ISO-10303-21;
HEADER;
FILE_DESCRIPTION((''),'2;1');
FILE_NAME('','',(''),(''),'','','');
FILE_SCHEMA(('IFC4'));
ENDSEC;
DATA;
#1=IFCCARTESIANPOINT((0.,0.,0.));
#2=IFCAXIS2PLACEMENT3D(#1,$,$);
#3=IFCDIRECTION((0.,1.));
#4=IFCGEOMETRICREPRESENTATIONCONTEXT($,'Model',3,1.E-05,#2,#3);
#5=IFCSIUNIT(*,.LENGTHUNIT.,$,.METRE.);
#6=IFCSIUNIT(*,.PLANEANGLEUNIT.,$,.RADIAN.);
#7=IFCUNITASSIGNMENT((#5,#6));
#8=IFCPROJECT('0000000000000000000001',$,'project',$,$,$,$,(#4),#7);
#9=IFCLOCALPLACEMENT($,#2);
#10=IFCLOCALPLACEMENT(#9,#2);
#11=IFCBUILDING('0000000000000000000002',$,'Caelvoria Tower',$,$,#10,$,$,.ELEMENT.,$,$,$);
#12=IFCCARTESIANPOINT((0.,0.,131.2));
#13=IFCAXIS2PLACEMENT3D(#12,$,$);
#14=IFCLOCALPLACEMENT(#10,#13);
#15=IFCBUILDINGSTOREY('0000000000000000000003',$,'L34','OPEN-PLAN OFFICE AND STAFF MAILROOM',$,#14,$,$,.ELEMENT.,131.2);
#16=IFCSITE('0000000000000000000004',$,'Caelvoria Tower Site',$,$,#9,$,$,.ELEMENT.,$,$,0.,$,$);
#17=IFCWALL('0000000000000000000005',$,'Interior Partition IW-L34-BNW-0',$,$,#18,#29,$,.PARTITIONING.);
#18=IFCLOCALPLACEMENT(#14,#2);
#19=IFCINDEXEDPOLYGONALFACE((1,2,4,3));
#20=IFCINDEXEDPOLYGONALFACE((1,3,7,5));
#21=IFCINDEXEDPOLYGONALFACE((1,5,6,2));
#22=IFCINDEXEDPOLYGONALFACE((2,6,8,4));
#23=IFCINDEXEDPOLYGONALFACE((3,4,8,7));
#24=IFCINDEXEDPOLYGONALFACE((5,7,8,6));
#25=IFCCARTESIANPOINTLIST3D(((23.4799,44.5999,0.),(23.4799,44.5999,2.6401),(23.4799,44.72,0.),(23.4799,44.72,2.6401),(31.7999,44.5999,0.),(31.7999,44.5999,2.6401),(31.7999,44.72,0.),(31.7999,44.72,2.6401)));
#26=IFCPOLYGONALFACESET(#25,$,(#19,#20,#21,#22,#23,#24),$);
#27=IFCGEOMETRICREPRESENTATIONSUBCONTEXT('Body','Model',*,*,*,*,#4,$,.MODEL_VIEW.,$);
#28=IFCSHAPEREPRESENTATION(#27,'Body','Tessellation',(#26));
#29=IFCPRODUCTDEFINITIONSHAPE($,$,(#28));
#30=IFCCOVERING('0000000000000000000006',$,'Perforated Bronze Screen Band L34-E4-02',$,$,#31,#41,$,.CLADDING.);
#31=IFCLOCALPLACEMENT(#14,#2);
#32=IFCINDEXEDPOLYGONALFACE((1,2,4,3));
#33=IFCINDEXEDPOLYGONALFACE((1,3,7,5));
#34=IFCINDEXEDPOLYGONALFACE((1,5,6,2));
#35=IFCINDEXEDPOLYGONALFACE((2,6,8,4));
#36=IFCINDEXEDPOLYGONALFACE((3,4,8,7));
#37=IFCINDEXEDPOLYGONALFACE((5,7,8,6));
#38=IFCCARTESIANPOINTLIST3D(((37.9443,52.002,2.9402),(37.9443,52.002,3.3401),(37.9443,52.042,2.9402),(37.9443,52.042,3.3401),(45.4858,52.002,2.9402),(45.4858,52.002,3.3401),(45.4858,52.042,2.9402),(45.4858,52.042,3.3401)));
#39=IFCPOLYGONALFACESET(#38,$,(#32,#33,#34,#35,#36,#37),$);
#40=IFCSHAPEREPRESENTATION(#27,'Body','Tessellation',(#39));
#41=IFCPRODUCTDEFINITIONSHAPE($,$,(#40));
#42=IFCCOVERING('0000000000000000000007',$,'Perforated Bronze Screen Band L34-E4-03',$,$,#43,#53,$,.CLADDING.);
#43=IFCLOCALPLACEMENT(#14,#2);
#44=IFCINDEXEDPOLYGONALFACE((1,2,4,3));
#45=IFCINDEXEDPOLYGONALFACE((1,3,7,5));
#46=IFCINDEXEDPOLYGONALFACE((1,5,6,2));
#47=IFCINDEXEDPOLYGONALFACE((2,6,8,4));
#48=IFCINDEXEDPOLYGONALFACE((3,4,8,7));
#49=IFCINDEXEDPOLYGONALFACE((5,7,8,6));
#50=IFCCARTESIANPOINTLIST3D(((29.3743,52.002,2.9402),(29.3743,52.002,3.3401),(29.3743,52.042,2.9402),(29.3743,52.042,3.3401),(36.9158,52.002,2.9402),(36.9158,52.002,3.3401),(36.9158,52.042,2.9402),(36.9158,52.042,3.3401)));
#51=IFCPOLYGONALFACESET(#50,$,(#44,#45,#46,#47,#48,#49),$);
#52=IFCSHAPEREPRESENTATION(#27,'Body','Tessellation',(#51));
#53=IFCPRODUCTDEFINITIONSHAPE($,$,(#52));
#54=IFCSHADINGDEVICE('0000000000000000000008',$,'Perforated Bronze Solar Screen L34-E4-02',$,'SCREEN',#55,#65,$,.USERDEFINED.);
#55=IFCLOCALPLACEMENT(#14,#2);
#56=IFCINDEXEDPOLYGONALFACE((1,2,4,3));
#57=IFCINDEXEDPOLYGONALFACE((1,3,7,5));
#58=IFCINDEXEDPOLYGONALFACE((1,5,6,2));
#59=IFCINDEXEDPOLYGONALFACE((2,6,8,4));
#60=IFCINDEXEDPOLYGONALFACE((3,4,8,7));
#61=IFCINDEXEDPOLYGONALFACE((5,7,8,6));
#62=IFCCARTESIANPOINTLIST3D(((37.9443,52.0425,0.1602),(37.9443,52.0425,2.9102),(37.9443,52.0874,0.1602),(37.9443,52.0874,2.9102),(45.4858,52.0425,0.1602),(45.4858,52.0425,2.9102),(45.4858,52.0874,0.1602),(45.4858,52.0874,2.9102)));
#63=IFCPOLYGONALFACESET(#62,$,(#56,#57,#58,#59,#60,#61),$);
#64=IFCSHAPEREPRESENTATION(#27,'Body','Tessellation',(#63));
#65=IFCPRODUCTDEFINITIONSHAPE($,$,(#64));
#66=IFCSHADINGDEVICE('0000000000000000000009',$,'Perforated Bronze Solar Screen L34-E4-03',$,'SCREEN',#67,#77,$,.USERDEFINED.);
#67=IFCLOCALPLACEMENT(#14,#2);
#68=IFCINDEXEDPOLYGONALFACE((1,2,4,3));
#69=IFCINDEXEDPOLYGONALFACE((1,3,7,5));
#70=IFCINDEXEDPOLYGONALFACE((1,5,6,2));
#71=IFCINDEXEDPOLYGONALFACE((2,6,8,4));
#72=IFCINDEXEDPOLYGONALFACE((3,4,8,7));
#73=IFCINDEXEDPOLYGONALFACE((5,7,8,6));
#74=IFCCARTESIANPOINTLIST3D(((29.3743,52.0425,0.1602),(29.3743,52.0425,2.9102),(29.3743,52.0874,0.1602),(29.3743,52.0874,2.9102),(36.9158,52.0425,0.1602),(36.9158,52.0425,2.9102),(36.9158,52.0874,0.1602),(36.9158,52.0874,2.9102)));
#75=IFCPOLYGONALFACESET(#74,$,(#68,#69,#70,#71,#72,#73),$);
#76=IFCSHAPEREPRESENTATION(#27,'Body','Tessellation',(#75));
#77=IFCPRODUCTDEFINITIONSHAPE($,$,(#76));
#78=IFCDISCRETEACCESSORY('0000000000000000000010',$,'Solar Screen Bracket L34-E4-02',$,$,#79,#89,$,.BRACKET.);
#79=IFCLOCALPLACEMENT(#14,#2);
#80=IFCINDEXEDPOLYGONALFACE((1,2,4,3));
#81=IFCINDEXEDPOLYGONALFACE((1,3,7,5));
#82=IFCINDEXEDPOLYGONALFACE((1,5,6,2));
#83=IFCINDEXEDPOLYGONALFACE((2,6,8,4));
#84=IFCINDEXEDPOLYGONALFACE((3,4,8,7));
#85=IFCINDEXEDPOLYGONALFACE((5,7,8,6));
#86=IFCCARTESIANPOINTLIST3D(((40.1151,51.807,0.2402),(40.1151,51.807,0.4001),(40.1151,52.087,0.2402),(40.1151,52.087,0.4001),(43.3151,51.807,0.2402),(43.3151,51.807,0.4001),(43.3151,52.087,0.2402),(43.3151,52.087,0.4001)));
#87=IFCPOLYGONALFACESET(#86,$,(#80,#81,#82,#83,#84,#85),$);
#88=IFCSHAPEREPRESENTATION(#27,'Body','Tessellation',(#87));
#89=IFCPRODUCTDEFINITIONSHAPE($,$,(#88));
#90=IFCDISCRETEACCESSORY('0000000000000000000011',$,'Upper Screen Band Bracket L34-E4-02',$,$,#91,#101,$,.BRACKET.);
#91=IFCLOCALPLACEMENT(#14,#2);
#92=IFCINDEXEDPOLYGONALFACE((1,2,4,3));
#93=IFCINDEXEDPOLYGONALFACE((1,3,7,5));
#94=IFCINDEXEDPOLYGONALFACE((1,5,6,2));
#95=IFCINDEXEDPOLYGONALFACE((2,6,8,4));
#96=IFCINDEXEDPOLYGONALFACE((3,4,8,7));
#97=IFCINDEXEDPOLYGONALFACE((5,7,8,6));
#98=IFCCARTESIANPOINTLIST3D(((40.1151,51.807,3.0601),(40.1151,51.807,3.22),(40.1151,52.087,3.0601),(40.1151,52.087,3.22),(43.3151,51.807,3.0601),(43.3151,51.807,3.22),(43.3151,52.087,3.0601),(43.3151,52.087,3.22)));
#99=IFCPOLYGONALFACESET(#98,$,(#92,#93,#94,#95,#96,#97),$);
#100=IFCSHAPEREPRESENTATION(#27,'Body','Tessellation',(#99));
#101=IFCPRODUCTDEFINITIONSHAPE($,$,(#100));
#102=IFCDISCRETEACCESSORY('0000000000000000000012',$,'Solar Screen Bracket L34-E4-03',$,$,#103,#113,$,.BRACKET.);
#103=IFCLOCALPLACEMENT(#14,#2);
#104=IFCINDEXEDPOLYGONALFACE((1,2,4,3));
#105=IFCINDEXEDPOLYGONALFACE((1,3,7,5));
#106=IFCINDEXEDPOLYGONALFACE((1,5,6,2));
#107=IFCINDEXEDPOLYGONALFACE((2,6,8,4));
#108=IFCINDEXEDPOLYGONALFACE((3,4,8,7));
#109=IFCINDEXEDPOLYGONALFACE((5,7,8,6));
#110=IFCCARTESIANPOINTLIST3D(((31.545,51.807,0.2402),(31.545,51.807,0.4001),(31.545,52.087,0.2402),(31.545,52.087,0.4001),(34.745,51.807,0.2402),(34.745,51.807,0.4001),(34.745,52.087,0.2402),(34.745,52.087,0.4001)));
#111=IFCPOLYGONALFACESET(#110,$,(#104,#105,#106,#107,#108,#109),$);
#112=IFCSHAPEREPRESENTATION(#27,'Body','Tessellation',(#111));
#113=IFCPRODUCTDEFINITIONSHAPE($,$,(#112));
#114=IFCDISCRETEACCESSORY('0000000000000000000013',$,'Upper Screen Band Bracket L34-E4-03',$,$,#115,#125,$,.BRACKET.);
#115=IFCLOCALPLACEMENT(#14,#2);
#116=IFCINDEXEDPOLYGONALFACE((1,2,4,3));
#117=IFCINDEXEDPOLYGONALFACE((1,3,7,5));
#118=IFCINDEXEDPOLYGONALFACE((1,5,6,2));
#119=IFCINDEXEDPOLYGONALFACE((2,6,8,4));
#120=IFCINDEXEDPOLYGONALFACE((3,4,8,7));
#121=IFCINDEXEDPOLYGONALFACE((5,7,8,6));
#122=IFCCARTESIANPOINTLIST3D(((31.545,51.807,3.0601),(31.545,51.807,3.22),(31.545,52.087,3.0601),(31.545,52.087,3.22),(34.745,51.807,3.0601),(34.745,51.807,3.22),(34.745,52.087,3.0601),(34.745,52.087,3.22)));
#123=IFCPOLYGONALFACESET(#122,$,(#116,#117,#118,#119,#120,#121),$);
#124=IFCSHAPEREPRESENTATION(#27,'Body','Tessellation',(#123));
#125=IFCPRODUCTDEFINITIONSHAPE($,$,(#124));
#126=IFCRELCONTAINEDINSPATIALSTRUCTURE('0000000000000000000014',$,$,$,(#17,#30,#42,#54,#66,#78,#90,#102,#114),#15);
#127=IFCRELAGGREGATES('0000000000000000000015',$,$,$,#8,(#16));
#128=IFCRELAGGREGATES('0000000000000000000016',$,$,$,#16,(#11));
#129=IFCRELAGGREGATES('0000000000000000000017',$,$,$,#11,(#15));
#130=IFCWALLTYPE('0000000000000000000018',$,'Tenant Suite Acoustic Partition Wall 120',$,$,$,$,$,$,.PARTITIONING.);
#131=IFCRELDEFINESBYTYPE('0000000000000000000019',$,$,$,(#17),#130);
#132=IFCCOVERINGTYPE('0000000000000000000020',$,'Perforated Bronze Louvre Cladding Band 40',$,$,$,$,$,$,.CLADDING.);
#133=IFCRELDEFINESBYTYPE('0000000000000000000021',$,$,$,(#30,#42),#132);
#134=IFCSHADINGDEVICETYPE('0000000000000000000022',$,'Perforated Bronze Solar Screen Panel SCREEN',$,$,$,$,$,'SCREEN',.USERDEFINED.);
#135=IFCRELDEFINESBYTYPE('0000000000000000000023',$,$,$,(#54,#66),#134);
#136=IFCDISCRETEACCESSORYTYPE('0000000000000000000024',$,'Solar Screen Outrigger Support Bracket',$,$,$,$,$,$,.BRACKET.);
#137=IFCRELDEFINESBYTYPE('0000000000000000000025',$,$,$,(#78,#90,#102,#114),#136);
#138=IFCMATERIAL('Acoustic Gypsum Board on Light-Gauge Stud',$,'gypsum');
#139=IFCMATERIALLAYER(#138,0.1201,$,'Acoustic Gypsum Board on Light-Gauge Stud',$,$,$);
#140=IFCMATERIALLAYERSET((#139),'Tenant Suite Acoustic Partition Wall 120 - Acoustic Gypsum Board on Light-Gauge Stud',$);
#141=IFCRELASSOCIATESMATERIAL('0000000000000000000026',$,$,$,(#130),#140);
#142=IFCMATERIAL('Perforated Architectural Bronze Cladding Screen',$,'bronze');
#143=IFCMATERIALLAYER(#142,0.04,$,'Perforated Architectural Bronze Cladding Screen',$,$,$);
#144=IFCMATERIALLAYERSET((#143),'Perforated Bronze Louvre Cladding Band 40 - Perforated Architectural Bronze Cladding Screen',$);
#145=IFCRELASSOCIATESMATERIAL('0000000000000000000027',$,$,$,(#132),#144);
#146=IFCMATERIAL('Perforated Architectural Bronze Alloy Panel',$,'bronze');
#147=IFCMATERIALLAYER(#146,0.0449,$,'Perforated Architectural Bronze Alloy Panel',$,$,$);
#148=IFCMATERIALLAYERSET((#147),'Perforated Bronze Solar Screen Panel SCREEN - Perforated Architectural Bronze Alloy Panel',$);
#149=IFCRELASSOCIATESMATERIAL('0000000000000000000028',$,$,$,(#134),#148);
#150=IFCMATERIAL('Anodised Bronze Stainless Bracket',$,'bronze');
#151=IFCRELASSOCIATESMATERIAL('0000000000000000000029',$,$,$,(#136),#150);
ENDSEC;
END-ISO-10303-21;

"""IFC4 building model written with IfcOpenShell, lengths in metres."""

from ifc_helpers import new_model, si_unit, direction, frame, frame_2d, origin, origin_2d, place, context, subcontext, project, spatial, rectangle, extrude, material, layer, layer_set, type_object, element, save


model = new_model("IFC4")

# Units and contexts
model_context = context("Model", 3, precision=1e-05, world=origin(), true_north=direction((0.0, 1.0)))
body_context = subcontext(model_context, "Body", "Model", "MODEL_VIEW")
ifc_project = project(units=[si_unit("LENGTHUNIT", "METRE"), si_unit("PLANEANGLEUNIT", "RADIAN")], contexts=[model_context])

# Site, building, storey
site_placement = place(None, origin())
site = spatial("IfcSite", under=ifc_project, at=site_placement, Name="Caelvoria Tower Site", CompositionType="ELEMENT", RefElevation=0.0)
building_placement = place(site_placement, origin())
building = spatial("IfcBuilding", under=site, at=building_placement, Name="Caelvoria Tower", CompositionType="ELEMENT")
storey_placement = place(building_placement, frame((0.0, 0.0, 131.2)))
storey = spatial("IfcBuildingStorey", under=building, at=storey_placement, Name="L34", Description="OPEN-PLAN OFFICE AND STAFF MAILROOM", CompositionType="ELEMENT", Elevation=131.2)

# Shared definitions
ifc_material_1 = material(Name="Acoustic Gypsum Board on Light-Gauge Stud", Category="gypsum")
ifc_layer_1 = layer(ifc_material_1, 0.1201, Name="Acoustic Gypsum Board on Light-Gauge Stud")
ifc_layer_set_1 = layer_set([ifc_layer_1], Name="Tenant Suite Acoustic Partition Wall 120 - Acoustic Gypsum Board on Light-Gauge Stud")
wall_type = type_object("IfcWallType", Name="Tenant Suite Acoustic Partition Wall 120", PredefinedType="PARTITIONING", material=ifc_layer_set_1)

# Wall
wall_1_placement = place(storey_placement, frame((31.8, 44.6599, 0.0), z_axis=(0.0, 0.0, 1.0), x_axis=(-1.0, 0.0, 0.0)))
element("IfcWall", 1, at=wall_1_placement, inside=storey, type_object=wall_type, Name="Interior Partition IW-L34-BNW-0", PredefinedType="PARTITIONING", context=body_context, shape_type="SweptSolid", body=[
    extrude(rectangle(XDim=8.3201, YDim=0.1201, at=frame_2d((4.1602, 0.0))), origin(), (0.0, 0.0, 1.0), 2.6401),
])

# Coverings
ifc_material_2 = material(Name="Perforated Architectural Bronze Cladding Screen", Category="bronze")
ifc_layer_2 = layer(ifc_material_2, 0.04, Name="Perforated Architectural Bronze Cladding Screen")
ifc_layer_set_2 = layer_set([ifc_layer_2], Name="Perforated Bronze Louvre Cladding Band 40 - Perforated Architectural Bronze Cladding Screen")
covering_type = type_object("IfcCoveringType", Name="Perforated Bronze Louvre Cladding Band 40", PredefinedType="CLADDING", material=ifc_layer_set_2)
for number, where, z_axis, x_axis, name in (
    (2, (41.7151, 52.022, 2.9402), (0.0, 0.0, 1.0), (-1.0, 0.0, 0.0), "Perforated Bronze Screen Band L34-E4-02"),
    (3, (33.145, 52.022, 2.9402), (0.0, 0.0, 1.0), (-1.0, 0.0, 0.0), "Perforated Bronze Screen Band L34-E4-03"),
):
    element("IfcCovering", number, at=place(storey_placement, frame(where, z_axis=z_axis, x_axis=x_axis)), inside=storey, type_object=covering_type, Name=name, PredefinedType="CLADDING", context=body_context, shape_type="SweptSolid", body=[
        extrude(rectangle(XDim=7.5415, YDim=0.04, at=origin_2d()), origin(), (0.0, 0.0, 1.0), 0.3999),
    ])

# Shading devices
ifc_material_3 = material(Name="Perforated Architectural Bronze Alloy Panel", Category="bronze")
ifc_layer_3 = layer(ifc_material_3, 0.0449, Name="Perforated Architectural Bronze Alloy Panel")
ifc_layer_set_3 = layer_set([ifc_layer_3], Name="Perforated Bronze Solar Screen Panel SCREEN - Perforated Architectural Bronze Alloy Panel")
shading_device_type = type_object("IfcShadingDeviceType", Name="Perforated Bronze Solar Screen Panel SCREEN", ElementType="SCREEN", PredefinedType="USERDEFINED", material=ifc_layer_set_3)
for number, where, z_axis, x_axis, name in (
    (4, (41.7151, 52.0649, 0.1602), (0.0, 0.0, 1.0), (-1.0, 0.0, 0.0), "Perforated Bronze Solar Screen L34-E4-02"),
    (5, (33.145, 52.0649, 0.1602), (0.0, 0.0, 1.0), (-1.0, 0.0, 0.0), "Perforated Bronze Solar Screen L34-E4-03"),
):
    element("IfcShadingDevice", number, at=place(storey_placement, frame(where, z_axis=z_axis, x_axis=x_axis)), inside=storey, type_object=shading_device_type, Name=name, ObjectType="SCREEN", PredefinedType="USERDEFINED", context=body_context, shape_type="SweptSolid", body=[
        extrude(rectangle(XDim=7.5415, YDim=0.0449, at=origin_2d()), origin(), (0.0, 0.0, 1.0), 2.75),
    ])

# Discrete accessories
ifc_material_4 = material(Name="Anodised Bronze Stainless Bracket", Category="bronze")
discrete_accessory_type = type_object("IfcDiscreteAccessoryType", Name="Solar Screen Outrigger Support Bracket", PredefinedType="BRACKET", material=ifc_material_4)
for number, where, z_axis, x_axis, name in (
    (6, (41.7151, 51.947, 0.2402), (0.0, 0.0, 1.0), (-1.0, 0.0, 0.0), "Solar Screen Bracket L34-E4-02"),
    (7, (41.7151, 51.947, 3.0601), (0.0, 0.0, 1.0), (-1.0, 0.0, 0.0), "Upper Screen Band Bracket L34-E4-02"),
    (8, (33.145, 51.947, 0.2402), (0.0, 0.0, 1.0), (-1.0, 0.0, 0.0), "Solar Screen Bracket L34-E4-03"),
    (9, (33.145, 51.947, 3.0601), (0.0, 0.0, 1.0), (-1.0, 0.0, 0.0), "Upper Screen Band Bracket L34-E4-03"),
):
    element("IfcDiscreteAccessory", number, at=place(storey_placement, frame(where, z_axis=z_axis, x_axis=x_axis)), inside=storey, type_object=discrete_accessory_type, Name=name, PredefinedType="BRACKET", context=body_context, shape_type="SweptSolid", body=[
        extrude(rectangle(XDim=3.2, YDim=0.28, at=origin_2d()), origin(), (0.0, 0.0, 1.0), 0.1599),
    ])

save(model, "model.ifc")
